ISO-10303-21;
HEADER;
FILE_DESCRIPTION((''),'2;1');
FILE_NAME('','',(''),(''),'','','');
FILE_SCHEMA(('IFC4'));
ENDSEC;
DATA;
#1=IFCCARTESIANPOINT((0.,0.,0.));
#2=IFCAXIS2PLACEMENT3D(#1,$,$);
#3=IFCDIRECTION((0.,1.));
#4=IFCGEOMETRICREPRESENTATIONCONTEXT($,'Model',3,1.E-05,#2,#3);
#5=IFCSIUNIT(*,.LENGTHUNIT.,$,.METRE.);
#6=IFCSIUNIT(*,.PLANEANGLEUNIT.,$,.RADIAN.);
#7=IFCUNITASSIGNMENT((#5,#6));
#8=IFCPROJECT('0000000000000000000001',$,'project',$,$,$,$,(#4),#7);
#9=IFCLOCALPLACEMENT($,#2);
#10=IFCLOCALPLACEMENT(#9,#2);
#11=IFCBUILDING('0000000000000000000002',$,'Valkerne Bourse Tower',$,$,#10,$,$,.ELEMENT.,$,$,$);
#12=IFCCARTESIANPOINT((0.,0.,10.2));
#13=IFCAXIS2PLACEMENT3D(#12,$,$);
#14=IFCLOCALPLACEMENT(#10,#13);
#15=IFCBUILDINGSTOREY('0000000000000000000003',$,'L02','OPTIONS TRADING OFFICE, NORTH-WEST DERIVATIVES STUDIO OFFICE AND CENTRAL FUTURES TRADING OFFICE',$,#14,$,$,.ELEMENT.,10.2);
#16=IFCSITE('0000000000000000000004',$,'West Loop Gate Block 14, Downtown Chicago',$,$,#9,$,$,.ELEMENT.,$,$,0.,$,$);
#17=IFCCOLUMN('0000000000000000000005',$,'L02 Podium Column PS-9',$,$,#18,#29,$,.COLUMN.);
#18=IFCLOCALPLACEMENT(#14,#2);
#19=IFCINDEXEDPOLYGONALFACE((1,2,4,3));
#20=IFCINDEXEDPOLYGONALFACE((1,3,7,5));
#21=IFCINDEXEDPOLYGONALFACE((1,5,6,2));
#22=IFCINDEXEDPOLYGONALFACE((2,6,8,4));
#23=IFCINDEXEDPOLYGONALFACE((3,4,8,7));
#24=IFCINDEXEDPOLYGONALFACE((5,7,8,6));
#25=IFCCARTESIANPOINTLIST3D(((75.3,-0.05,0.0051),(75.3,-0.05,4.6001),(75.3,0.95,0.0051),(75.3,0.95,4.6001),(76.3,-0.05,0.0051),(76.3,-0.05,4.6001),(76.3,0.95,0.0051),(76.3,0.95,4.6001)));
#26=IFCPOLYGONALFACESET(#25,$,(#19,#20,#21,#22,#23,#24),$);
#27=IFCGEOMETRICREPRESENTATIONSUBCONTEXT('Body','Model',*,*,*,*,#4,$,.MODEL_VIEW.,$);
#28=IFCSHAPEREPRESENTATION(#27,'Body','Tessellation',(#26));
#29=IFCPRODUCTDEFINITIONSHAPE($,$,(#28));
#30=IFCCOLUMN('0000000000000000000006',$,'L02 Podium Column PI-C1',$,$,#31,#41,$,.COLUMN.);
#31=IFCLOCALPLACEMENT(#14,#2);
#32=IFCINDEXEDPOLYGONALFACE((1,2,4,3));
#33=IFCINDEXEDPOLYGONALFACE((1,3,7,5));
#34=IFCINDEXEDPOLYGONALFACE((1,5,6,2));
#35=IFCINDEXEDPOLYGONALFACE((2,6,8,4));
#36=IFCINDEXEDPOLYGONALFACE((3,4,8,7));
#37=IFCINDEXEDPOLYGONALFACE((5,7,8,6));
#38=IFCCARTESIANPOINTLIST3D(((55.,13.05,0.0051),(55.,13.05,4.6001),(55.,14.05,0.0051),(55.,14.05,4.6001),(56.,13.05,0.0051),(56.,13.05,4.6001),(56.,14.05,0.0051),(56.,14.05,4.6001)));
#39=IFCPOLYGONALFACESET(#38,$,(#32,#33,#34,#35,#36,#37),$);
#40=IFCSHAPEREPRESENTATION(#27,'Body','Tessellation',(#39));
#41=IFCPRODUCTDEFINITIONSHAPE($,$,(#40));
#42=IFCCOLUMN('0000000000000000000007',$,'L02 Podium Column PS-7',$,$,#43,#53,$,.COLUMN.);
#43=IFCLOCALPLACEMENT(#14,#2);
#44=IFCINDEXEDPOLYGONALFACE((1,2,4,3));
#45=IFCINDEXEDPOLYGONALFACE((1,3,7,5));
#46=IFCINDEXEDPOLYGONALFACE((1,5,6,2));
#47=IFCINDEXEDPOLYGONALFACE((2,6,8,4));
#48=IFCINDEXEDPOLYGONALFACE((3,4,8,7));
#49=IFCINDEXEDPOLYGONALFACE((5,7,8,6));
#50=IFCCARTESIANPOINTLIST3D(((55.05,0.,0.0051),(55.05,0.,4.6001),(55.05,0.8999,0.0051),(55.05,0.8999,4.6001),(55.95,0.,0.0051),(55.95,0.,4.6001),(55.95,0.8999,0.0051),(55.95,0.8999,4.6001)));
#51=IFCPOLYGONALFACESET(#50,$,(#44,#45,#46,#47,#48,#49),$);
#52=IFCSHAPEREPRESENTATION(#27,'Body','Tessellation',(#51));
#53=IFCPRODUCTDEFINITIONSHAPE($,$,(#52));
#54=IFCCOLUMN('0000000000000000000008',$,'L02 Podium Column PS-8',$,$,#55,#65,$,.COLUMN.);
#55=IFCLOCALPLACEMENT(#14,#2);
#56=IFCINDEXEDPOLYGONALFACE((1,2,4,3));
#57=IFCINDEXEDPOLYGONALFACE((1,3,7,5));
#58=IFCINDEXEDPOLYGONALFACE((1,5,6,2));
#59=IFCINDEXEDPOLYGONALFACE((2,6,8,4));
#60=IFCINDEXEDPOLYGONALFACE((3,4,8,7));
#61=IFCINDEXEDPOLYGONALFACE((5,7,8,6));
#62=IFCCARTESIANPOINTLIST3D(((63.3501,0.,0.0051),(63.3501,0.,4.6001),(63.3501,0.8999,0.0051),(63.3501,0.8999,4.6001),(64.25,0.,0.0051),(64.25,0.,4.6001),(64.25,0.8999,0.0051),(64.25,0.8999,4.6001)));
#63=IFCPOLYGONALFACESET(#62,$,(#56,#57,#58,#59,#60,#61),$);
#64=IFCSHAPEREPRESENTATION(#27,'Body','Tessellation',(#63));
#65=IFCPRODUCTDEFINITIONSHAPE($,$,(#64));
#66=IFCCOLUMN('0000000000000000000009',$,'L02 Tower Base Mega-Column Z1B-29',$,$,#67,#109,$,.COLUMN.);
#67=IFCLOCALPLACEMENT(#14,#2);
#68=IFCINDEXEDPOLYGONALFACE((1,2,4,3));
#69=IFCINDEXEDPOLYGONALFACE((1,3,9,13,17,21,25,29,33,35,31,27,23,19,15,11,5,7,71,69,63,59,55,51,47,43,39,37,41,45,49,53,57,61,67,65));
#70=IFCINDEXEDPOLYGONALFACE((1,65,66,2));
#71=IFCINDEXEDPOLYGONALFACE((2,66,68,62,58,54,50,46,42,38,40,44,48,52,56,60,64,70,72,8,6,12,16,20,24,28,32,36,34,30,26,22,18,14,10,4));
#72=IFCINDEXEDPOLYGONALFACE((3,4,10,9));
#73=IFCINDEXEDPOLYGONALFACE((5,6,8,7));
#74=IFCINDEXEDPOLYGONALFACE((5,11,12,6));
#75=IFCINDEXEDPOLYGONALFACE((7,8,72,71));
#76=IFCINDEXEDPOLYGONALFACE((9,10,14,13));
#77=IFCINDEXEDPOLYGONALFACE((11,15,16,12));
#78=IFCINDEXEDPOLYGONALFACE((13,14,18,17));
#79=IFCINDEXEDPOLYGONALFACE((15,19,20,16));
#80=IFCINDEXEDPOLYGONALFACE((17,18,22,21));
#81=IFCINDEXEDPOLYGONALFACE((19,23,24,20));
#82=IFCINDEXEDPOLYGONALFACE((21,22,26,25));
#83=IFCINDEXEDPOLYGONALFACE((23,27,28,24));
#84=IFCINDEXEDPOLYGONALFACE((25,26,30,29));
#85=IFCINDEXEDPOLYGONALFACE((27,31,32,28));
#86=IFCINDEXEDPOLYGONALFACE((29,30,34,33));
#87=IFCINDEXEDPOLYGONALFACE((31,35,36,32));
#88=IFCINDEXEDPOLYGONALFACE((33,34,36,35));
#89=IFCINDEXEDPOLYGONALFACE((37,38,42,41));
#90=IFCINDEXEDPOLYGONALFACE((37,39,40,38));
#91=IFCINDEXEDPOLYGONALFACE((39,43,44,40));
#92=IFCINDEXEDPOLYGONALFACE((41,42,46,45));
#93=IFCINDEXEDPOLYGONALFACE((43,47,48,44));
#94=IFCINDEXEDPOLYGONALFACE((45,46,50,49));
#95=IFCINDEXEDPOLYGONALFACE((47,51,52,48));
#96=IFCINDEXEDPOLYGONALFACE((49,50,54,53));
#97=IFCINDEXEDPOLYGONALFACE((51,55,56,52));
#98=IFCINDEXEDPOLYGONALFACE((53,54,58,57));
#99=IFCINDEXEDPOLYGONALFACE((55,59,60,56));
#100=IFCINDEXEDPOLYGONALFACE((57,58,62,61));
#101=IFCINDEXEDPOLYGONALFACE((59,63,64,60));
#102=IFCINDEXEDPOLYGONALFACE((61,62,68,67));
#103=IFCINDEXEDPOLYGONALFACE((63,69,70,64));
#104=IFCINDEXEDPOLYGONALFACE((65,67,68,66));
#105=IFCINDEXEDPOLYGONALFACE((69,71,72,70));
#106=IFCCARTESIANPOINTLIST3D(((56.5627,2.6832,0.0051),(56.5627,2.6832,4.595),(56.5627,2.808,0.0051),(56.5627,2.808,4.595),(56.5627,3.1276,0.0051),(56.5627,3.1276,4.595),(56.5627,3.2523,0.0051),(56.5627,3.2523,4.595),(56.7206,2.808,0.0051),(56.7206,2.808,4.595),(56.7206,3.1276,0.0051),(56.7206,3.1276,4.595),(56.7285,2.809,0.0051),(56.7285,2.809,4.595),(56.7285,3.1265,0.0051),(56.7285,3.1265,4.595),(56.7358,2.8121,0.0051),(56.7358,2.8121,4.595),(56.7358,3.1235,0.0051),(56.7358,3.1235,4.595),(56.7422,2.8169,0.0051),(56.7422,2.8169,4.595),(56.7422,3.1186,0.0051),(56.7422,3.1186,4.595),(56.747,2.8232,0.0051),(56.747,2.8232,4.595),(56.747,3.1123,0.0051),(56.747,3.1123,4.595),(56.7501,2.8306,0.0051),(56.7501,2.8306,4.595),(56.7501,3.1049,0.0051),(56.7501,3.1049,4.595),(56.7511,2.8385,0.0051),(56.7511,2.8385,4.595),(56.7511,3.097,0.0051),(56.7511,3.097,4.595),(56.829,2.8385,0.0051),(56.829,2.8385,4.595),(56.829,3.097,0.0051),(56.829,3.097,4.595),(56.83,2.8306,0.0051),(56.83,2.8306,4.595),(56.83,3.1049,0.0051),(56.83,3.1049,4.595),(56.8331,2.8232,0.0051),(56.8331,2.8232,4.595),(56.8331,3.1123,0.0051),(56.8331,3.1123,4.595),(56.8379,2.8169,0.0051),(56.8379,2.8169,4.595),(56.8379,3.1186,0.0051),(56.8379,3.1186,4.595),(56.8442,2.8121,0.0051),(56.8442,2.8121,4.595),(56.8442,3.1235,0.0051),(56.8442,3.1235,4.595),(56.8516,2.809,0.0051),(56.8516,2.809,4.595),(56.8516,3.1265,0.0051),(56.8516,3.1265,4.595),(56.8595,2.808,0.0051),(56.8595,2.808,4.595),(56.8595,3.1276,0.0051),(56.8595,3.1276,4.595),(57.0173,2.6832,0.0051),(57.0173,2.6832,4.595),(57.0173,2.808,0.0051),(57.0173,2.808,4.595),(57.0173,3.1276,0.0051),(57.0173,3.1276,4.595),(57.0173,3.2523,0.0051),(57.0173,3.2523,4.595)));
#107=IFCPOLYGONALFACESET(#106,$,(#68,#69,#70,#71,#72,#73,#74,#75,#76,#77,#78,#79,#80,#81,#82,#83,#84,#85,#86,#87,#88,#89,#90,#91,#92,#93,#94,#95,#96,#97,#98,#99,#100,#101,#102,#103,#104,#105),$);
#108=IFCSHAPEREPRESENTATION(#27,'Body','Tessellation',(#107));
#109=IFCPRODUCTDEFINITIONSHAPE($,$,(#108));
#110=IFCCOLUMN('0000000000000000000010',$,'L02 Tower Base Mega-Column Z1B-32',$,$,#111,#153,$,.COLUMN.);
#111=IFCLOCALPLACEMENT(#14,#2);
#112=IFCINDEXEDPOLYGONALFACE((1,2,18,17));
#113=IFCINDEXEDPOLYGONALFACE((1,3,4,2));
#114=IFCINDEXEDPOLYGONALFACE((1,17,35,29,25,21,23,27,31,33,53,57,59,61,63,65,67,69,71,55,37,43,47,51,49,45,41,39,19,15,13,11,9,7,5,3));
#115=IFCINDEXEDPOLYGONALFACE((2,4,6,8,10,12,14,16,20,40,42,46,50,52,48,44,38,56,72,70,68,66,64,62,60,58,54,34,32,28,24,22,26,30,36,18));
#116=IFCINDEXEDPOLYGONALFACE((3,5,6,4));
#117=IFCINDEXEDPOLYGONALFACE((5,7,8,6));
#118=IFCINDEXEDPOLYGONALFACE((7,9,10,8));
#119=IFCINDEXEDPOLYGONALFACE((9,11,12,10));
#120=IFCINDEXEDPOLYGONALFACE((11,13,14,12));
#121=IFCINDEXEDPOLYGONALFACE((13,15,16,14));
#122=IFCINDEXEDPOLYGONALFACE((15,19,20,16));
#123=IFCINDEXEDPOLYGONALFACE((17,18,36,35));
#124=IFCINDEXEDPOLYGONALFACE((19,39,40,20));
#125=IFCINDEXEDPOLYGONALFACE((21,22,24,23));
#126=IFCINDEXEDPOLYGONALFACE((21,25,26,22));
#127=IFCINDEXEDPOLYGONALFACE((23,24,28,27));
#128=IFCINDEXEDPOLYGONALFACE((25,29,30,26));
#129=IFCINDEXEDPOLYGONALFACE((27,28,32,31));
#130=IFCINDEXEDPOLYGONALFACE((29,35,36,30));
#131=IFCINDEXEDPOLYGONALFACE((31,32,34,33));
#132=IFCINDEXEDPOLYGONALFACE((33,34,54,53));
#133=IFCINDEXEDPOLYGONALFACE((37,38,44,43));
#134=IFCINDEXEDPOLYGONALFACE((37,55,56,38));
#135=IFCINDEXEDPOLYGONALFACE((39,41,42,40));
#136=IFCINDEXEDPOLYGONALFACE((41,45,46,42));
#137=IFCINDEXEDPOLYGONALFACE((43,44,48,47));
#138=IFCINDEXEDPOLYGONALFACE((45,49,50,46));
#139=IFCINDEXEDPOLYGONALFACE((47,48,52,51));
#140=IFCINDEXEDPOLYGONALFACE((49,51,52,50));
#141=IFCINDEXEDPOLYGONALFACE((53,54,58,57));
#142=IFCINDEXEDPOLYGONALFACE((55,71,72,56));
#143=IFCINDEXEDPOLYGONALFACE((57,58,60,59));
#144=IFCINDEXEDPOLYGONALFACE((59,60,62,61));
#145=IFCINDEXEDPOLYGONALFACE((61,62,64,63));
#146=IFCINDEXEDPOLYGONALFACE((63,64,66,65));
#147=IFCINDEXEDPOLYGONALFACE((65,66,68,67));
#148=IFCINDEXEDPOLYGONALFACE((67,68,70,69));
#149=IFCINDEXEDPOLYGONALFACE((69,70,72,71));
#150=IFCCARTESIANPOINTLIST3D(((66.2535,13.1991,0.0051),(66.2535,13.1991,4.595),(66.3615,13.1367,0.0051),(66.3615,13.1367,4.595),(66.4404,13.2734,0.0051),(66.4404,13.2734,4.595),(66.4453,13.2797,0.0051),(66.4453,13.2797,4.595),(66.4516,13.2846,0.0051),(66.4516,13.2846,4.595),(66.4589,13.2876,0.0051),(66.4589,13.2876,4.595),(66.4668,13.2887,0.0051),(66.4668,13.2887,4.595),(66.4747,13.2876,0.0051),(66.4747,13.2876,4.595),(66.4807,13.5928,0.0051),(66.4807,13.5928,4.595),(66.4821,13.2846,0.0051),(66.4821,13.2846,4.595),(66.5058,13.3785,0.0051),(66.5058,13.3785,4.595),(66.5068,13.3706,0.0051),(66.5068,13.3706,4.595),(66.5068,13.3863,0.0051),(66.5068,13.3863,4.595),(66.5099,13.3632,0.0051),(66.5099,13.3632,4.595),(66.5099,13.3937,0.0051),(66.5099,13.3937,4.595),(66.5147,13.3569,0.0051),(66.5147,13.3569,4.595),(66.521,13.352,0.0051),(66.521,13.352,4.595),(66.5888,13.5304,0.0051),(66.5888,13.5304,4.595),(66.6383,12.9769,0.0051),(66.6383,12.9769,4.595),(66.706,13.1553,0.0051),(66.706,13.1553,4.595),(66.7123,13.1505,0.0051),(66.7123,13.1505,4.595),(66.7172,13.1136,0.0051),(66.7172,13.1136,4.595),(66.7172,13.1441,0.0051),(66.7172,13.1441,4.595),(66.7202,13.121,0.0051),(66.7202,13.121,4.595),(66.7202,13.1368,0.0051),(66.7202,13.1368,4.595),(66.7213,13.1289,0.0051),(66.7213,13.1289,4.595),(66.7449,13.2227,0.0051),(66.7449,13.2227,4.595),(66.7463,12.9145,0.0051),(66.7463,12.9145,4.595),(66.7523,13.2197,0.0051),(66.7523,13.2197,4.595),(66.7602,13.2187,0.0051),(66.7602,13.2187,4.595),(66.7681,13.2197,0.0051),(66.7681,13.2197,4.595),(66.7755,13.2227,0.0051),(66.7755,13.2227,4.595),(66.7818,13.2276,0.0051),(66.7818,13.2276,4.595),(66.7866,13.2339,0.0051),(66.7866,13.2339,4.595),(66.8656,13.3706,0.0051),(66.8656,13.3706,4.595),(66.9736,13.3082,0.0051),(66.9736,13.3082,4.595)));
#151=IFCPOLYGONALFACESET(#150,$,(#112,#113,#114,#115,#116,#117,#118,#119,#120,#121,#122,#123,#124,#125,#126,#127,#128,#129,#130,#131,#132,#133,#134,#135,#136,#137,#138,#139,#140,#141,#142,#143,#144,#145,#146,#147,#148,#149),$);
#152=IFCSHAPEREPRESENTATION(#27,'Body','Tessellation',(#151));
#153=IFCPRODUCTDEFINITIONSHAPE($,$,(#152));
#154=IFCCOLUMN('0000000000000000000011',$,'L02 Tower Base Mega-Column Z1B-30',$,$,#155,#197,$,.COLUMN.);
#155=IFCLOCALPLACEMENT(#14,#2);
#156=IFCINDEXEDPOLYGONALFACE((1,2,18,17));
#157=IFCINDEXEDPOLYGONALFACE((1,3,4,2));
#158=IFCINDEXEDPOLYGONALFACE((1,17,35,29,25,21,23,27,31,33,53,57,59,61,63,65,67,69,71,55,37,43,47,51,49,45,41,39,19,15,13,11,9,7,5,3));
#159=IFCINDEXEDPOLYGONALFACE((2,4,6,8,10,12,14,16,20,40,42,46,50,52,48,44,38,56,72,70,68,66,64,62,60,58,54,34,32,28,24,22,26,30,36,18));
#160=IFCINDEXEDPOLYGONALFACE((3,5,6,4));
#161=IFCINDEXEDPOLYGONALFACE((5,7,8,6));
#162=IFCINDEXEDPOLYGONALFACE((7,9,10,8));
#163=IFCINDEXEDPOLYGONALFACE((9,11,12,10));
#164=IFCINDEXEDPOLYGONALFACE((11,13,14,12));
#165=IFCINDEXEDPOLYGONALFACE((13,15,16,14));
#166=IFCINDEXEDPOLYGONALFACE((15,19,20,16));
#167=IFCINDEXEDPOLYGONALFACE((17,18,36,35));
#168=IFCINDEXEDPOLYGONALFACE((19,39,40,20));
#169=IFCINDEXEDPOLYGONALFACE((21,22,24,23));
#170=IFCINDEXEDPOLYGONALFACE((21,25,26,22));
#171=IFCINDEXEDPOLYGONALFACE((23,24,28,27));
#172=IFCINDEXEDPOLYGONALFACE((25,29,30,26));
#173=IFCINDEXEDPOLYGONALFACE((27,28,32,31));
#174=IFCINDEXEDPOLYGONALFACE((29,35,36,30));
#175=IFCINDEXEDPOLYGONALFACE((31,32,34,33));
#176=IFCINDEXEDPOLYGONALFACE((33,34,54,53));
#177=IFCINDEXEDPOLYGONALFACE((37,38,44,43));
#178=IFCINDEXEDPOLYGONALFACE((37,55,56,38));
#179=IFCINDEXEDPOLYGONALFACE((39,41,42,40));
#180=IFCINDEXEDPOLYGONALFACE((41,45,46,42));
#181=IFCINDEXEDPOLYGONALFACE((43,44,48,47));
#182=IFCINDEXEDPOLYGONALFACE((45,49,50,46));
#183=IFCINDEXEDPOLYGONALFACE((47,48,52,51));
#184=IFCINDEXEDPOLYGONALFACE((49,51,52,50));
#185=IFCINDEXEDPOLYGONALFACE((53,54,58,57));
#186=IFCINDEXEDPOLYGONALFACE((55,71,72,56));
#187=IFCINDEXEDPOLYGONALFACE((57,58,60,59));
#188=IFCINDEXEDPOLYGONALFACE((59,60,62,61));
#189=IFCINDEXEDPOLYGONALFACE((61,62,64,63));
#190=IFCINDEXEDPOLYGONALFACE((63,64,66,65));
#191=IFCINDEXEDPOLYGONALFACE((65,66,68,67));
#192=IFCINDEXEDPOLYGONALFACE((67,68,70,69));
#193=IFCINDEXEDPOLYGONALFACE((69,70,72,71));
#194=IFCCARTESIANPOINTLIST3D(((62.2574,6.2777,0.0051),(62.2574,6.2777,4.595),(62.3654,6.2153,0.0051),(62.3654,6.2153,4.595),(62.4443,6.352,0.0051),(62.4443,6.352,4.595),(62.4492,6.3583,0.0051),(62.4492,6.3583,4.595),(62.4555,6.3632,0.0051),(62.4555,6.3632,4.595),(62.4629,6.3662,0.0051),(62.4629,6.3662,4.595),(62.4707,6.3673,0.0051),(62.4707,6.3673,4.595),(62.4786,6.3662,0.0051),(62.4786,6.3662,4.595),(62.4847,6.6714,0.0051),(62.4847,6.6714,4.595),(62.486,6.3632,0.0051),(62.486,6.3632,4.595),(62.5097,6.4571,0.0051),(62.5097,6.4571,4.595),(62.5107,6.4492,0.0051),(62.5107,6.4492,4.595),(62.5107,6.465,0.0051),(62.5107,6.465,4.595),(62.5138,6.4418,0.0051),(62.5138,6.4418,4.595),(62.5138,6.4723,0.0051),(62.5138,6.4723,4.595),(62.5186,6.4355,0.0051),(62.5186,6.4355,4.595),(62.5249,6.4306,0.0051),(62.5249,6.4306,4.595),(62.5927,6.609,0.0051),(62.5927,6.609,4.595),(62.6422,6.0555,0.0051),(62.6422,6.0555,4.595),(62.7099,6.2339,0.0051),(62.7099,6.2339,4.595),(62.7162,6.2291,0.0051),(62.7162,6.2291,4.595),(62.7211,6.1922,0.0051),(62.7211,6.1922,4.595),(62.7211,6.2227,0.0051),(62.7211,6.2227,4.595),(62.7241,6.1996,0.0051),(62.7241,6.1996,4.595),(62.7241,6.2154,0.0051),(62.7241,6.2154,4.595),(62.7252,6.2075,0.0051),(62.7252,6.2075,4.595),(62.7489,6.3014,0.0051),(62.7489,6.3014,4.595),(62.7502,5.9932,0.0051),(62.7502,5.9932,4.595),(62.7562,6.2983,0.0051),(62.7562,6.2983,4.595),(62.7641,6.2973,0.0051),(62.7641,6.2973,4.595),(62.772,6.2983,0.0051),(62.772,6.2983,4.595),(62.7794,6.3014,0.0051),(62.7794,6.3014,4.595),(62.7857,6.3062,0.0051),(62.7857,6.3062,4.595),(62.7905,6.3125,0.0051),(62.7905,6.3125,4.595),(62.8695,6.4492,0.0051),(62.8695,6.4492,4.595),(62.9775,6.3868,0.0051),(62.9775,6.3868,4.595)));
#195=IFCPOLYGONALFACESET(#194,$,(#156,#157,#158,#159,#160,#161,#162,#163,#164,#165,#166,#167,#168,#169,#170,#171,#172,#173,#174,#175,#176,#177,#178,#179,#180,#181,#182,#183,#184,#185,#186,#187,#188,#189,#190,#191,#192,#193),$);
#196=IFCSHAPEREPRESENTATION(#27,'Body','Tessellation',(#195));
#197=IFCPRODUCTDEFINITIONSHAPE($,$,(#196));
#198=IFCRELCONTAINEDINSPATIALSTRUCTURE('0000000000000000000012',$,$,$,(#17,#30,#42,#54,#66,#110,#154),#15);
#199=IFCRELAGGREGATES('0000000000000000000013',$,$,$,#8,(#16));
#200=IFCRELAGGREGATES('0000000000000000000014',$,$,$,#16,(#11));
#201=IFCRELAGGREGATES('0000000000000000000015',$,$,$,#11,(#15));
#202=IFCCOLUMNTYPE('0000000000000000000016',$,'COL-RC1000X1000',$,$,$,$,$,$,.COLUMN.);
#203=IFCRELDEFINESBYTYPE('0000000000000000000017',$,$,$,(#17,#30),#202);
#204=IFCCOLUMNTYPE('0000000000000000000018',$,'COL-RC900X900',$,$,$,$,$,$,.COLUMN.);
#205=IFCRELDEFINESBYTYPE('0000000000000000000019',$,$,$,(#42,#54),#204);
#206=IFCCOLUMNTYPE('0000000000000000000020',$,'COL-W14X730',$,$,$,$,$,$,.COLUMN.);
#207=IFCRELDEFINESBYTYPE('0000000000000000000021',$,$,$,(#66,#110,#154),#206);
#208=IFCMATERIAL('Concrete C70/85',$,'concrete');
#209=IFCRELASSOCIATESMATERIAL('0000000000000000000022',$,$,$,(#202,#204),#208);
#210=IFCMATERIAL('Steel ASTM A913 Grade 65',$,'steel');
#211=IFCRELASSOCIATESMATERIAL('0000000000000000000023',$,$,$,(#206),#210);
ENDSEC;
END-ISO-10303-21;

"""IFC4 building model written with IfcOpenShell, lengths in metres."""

from ifc_helpers import new_model, si_unit, direction, frame, origin, origin_2d, place, context, subcontext, project, spatial, rectangle, i_section, extrude, material, material_profile, profile_set, type_object, element, save


model = new_model("IFC4")

# Units and contexts
model_context = context("Model", 3, precision=1e-05, world=origin(), true_north=direction((0.0, 1.0)))
body_context = subcontext(model_context, "Body", "Model", "MODEL_VIEW")
ifc_project = project(units=[si_unit("LENGTHUNIT", "METRE"), si_unit("PLANEANGLEUNIT", "RADIAN")], contexts=[model_context])

# Site, building, storey
site_placement = place(None, origin())
site = spatial("IfcSite", under=ifc_project, at=site_placement, Name="West Loop Gate Block 14, Downtown Chicago", CompositionType="ELEMENT", RefElevation=0.0)
building_placement = place(site_placement, origin())
building = spatial("IfcBuilding", under=site, at=building_placement, Name="Valkerne Bourse Tower", CompositionType="ELEMENT")
storey_placement = place(building_placement, frame((0.0, 0.0, 10.2)))
storey = spatial("IfcBuildingStorey", under=building, at=storey_placement, Name="L02", Description="OPTIONS TRADING OFFICE, NORTH-WEST DERIVATIVES STUDIO OFFICE AND CENTRAL FUTURES TRADING OFFICE", CompositionType="ELEMENT", Elevation=10.2)

# Columns
ifc_material_1 = material(Name="Concrete C70/85", Category="concrete")
ifc_material_profile_1 = material_profile(ifc_material_1, rectangle(XDim=1.0, YDim=1.0, at=origin_2d()), Name="RC1000X1000")
ifc_profile_set_1 = profile_set([ifc_material_profile_1], Name="Concrete C70/85")
column_type_1 = type_object("IfcColumnType", Name="COL-RC1000X1000", PredefinedType="COLUMN", material=ifc_profile_set_1)
for number, where, z_axis, x_axis, name in (
    (1, (75.8, 0.45, 0.0051), (0.0, 0.0, 1.0), (1.0, 0.0, 0.0), "L02 Podium Column PS-9"),
    (2, (55.5, 13.55, 0.0051), (0.0, 0.0, 1.0), (1.0, 0.0, 0.0), "L02 Podium Column PI-C1"),
):
    element("IfcColumn", number, at=place(storey_placement, frame(where, z_axis=z_axis, x_axis=x_axis)), inside=storey, type_object=column_type_1, Name=name, PredefinedType="COLUMN", context=body_context, shape_type="SweptSolid", body=[
        extrude(rectangle(XDim=1.0, YDim=1.0, at=origin_2d()), origin(), (0.0, 0.0, 1.0), 4.595),
    ])
ifc_material_profile_2 = material_profile(ifc_material_1, rectangle(XDim=0.8999, YDim=0.8999, at=origin_2d()), Name="RC900X900")
ifc_profile_set_2 = profile_set([ifc_material_profile_2], Name="Concrete C70/85")
column_type_2 = type_object("IfcColumnType", Name="COL-RC900X900", PredefinedType="COLUMN", material=ifc_profile_set_2)
for number, where, z_axis, x_axis, name in (
    (3, (55.5, 0.45, 0.0051), (0.0, 0.0, 1.0), (1.0, 0.0, 0.0), "L02 Podium Column PS-7"),
    (4, (63.8, 0.45, 0.0051), (0.0, 0.0, 1.0), (1.0, 0.0, 0.0), "L02 Podium Column PS-8"),
):
    element("IfcColumn", number, at=place(storey_placement, frame(where, z_axis=z_axis, x_axis=x_axis)), inside=storey, type_object=column_type_2, Name=name, PredefinedType="COLUMN", context=body_context, shape_type="SweptSolid", body=[
        extrude(rectangle(XDim=0.8999, YDim=0.8999, at=origin_2d()), origin(), (0.0, 0.0, 1.0), 4.595),
    ])
ifc_material_2 = material(Name="Steel ASTM A913 Grade 65", Category="steel")
ifc_material_profile_3 = material_profile(ifc_material_2, i_section(OverallWidth=0.4546, OverallDepth=0.5691, WebThickness=0.0779, FlangeThickness=0.1248, FilletRadius=0.0305, at=origin_2d()), Name="W14X730")
ifc_profile_set_3 = profile_set([ifc_material_profile_3], Name="Steel ASTM A913 Grade 65")
column_type_3 = type_object("IfcColumnType", Name="COL-W14X730", PredefinedType="COLUMN", material=ifc_profile_set_3)
for number, where, z_axis, x_axis, name in (
    (5, (56.79, 2.9678, 0.0051), (0.0, 0.0, 1.0), (1.0, 0.0, 0.0), "L02 Tower Base Mega-Column Z1B-29"),
    (6, (66.6135, 13.2537, 0.0051), (0.0, 0.0, 1.0), (0.5, 0.866025, 0.0), "L02 Tower Base Mega-Column Z1B-32"),
    (7, (62.6174, 6.3323, 0.0051), (0.0, 0.0, 1.0), (0.5, 0.866025, 0.0), "L02 Tower Base Mega-Column Z1B-30"),
):
    element("IfcColumn", number, at=place(storey_placement, frame(where, z_axis=z_axis, x_axis=x_axis)), inside=storey, type_object=column_type_3, Name=name, PredefinedType="COLUMN", context=body_context, shape_type="SweptSolid", body=[
        extrude(i_section(OverallWidth=0.4546, OverallDepth=0.5691, WebThickness=0.0779, FlangeThickness=0.1248, FilletRadius=0.0305, at=origin_2d()), origin(), (0.0, 0.0, 1.0), 4.5898),
    ])

save(model, "model.ifc")
